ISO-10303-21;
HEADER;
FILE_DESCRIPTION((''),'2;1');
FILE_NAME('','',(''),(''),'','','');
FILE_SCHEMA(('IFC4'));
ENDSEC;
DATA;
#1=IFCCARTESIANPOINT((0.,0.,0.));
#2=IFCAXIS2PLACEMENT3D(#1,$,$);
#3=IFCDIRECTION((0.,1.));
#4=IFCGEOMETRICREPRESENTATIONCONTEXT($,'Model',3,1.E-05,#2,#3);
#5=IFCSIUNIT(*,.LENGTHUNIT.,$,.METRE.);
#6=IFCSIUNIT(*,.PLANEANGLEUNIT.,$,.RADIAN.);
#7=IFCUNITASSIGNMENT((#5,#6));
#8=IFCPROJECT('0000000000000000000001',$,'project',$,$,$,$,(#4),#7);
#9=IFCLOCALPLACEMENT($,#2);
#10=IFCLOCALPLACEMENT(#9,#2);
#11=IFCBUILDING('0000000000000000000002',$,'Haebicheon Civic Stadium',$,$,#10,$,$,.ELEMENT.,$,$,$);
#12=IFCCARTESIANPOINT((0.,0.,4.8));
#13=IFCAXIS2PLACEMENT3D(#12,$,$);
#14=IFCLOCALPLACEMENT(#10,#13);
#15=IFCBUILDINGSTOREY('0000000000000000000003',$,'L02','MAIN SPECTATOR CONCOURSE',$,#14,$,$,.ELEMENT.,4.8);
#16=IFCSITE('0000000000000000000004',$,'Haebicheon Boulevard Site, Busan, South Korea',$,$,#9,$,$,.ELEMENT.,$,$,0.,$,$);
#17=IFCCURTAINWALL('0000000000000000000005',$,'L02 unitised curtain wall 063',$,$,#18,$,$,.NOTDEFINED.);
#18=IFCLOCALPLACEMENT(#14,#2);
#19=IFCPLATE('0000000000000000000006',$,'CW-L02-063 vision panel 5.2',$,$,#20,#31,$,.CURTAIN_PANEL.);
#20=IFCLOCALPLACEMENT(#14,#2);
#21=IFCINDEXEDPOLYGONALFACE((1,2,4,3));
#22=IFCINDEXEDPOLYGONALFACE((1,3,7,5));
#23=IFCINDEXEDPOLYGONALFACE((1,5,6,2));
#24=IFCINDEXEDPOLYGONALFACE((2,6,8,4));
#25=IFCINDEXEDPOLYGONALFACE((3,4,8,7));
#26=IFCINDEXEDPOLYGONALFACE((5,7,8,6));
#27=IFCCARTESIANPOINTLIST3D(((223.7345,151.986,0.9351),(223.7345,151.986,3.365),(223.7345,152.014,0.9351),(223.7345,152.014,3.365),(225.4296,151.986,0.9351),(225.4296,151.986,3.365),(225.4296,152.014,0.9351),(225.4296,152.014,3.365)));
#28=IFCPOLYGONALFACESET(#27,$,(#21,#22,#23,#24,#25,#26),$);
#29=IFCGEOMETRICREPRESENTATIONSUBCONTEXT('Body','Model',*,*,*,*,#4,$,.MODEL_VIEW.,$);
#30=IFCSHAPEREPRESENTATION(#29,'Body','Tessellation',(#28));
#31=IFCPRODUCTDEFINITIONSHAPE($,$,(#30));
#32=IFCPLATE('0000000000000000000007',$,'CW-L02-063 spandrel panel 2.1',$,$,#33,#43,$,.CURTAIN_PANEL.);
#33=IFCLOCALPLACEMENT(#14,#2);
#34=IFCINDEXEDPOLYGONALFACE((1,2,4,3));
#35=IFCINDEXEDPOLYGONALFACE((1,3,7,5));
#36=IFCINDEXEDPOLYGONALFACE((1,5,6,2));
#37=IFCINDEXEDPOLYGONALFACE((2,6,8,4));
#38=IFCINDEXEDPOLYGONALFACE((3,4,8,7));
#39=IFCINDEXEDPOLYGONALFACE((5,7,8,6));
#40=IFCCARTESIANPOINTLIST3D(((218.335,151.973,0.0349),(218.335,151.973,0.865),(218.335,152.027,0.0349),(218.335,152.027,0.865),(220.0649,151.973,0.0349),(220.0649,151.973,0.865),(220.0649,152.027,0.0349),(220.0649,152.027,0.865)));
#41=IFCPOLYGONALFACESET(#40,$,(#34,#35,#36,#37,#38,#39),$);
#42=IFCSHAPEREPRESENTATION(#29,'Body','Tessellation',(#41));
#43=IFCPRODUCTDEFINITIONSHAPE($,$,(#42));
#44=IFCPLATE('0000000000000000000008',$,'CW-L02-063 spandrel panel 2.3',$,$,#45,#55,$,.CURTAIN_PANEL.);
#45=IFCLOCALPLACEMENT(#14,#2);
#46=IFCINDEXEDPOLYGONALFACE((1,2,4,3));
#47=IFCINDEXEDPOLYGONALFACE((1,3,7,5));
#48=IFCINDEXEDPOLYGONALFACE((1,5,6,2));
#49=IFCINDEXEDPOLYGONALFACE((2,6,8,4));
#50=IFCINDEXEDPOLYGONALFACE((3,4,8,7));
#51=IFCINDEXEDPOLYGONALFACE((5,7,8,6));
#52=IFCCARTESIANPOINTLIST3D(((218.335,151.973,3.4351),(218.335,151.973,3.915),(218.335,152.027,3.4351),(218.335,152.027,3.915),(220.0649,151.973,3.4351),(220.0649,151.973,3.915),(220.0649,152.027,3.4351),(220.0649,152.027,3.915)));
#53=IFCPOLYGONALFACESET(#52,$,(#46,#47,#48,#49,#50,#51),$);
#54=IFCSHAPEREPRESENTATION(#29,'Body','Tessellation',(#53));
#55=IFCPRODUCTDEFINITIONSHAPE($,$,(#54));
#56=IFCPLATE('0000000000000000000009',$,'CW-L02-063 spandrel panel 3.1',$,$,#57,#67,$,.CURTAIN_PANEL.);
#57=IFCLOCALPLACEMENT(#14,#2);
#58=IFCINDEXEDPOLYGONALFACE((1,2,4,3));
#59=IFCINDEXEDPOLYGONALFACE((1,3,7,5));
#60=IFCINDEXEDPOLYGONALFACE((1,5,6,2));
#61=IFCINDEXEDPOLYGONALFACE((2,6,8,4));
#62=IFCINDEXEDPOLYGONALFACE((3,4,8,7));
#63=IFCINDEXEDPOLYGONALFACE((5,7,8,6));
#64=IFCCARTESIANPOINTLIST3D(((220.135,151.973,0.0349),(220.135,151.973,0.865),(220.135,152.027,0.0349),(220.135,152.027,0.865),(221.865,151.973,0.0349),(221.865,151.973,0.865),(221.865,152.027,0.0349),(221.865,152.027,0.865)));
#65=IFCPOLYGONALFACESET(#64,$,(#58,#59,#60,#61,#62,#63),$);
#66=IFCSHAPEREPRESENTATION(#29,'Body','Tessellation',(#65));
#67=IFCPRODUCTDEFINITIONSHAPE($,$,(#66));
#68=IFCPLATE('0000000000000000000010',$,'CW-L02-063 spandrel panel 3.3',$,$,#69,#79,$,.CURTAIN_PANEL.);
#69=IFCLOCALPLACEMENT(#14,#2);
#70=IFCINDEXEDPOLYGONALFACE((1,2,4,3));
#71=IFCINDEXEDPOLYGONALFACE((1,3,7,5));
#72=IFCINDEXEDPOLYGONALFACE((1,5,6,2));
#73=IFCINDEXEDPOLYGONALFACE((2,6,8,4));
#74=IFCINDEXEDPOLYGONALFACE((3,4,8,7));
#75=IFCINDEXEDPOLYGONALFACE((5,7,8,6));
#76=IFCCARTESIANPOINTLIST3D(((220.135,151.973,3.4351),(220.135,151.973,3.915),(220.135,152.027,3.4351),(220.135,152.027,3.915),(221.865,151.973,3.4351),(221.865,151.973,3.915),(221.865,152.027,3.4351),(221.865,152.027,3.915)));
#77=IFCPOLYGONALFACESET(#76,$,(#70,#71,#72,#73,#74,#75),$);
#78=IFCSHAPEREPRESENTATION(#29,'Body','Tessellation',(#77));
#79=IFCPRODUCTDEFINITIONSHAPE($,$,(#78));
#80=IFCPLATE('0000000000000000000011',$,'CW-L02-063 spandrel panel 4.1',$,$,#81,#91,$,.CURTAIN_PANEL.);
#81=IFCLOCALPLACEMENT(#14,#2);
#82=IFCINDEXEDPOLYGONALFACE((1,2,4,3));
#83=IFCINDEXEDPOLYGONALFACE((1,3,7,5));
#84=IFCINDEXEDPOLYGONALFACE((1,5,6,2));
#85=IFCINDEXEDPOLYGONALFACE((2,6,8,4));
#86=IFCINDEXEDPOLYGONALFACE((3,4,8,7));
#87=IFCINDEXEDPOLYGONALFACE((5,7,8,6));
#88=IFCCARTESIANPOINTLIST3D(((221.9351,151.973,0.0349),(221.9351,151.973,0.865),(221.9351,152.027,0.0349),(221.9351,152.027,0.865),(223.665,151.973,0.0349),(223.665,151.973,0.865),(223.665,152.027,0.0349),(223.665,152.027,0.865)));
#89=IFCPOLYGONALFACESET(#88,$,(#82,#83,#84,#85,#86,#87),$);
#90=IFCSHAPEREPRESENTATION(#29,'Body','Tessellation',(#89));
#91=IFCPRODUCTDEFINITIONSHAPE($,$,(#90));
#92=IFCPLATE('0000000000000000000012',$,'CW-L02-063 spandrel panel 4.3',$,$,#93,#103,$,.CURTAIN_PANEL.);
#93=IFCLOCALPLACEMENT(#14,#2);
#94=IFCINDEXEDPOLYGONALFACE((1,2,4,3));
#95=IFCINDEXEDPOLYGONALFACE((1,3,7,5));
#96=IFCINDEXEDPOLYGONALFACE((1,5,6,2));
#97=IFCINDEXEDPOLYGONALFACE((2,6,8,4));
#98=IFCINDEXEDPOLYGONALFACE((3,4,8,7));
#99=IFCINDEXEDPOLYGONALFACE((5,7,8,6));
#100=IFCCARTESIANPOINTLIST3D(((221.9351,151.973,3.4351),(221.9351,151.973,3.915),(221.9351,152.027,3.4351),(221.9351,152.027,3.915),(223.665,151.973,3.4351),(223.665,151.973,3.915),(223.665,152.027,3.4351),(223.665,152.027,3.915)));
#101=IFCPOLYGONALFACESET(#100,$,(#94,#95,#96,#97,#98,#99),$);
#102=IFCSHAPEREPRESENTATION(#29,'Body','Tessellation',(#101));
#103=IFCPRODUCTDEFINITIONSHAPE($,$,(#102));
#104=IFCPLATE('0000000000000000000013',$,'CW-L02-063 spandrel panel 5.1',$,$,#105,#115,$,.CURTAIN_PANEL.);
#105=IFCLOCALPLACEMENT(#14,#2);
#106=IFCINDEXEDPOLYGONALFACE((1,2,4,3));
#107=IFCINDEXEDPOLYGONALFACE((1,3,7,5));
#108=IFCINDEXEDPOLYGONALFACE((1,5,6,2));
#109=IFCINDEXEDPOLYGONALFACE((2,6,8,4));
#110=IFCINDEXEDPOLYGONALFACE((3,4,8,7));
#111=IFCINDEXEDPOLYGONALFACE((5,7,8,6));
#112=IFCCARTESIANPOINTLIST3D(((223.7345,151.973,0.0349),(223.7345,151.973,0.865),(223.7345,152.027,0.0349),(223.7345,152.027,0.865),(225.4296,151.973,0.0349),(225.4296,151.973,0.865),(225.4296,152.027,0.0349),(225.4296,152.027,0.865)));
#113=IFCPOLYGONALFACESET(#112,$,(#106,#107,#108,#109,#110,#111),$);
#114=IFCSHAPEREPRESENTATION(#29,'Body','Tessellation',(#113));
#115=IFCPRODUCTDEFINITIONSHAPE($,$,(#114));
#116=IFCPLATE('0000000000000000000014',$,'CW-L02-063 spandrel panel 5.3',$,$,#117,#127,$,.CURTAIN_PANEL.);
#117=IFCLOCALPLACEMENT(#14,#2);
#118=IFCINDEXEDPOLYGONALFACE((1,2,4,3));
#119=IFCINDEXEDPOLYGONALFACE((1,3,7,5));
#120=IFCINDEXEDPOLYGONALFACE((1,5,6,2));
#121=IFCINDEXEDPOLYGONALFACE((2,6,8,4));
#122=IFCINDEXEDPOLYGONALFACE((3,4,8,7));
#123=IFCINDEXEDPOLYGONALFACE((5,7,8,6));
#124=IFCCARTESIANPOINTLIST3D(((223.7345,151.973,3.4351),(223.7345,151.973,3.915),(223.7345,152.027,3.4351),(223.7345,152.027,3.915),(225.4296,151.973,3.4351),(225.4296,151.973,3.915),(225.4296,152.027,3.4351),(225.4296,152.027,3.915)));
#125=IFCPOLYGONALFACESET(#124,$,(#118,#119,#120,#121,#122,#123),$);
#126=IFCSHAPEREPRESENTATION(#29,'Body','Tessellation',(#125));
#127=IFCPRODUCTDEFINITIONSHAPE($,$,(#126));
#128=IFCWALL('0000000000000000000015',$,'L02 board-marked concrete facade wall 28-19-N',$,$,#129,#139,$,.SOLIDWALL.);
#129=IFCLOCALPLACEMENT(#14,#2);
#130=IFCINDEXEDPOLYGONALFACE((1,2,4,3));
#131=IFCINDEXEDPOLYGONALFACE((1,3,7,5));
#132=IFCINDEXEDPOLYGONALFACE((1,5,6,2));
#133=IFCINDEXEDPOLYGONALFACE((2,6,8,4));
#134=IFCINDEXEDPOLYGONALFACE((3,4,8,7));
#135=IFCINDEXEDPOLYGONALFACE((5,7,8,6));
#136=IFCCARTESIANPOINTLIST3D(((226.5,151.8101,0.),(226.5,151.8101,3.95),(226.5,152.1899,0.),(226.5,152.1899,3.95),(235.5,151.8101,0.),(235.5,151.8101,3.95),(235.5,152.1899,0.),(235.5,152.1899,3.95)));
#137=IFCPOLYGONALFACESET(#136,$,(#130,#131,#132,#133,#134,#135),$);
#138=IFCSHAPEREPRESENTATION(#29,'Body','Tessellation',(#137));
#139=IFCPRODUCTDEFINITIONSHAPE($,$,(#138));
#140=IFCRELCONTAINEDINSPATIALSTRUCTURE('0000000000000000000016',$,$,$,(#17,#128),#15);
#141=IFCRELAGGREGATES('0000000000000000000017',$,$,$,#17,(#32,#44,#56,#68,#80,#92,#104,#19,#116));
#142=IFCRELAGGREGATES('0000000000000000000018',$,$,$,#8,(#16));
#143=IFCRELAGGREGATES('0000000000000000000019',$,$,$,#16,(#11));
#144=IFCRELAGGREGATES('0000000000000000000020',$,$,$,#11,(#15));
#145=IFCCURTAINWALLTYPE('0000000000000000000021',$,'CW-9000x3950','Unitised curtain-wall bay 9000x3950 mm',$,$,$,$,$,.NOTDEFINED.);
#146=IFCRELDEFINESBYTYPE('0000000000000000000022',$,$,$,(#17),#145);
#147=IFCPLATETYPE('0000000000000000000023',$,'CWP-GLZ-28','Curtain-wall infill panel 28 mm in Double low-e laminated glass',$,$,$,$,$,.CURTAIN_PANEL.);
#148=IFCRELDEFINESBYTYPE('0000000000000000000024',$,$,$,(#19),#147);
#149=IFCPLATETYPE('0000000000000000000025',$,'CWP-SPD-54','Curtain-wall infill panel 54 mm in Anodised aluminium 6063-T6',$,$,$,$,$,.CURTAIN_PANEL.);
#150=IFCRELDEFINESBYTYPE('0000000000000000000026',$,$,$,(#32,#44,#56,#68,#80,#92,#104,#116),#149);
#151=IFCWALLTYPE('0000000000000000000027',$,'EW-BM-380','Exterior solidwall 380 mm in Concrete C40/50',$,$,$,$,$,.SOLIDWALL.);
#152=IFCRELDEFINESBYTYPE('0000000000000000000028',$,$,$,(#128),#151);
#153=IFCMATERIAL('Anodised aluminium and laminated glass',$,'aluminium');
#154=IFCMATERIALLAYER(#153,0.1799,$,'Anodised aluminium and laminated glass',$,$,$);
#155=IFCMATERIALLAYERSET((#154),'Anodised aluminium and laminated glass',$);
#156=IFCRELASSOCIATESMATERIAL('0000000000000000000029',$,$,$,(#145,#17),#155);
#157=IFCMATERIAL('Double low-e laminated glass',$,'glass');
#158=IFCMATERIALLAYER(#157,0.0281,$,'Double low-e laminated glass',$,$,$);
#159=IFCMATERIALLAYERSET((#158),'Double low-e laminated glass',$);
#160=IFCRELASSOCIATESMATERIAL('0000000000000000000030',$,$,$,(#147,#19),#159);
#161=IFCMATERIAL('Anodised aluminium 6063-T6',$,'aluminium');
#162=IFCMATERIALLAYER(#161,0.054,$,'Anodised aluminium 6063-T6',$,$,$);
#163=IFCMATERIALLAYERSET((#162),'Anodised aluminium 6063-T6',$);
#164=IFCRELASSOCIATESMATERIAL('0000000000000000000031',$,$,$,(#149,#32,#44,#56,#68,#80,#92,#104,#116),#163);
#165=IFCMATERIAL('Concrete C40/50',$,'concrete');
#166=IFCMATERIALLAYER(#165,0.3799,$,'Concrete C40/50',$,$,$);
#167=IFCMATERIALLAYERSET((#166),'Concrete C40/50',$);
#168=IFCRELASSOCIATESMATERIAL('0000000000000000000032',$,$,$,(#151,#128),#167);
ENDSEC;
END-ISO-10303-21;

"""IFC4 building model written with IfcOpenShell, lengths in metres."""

from ifc_helpers import new_model, si_unit, direction, frame, frame_2d, origin, origin_2d, place, context, subcontext, project, spatial, rectangle, extrude, material, layer, layer_set, type_object, element, aggregate, save


model = new_model("IFC4")

# Units and contexts
model_context = context("Model", 3, precision=1e-05, world=origin(), true_north=direction((0.0, 1.0)))
body_context = subcontext(model_context, "Body", "Model", "MODEL_VIEW")
ifc_project = project(units=[si_unit("LENGTHUNIT", "METRE"), si_unit("PLANEANGLEUNIT", "RADIAN")], contexts=[model_context])

# Site, building, storey
site_placement = place(None, origin())
site = spatial("IfcSite", under=ifc_project, at=site_placement, Name="Haebicheon Boulevard Site, Busan, South Korea", CompositionType="ELEMENT", RefElevation=0.0)
building_placement = place(site_placement, origin())
building = spatial("IfcBuilding", under=site, at=building_placement, Name="Haebicheon Civic Stadium", CompositionType="ELEMENT")
storey_placement = place(building_placement, frame((0.0, 0.0, 4.8)))
storey = spatial("IfcBuildingStorey", under=building, at=storey_placement, Name="L02", Description="MAIN SPECTATOR CONCOURSE", CompositionType="ELEMENT", Elevation=4.8)

# Curtain wall
ifc_material_1 = material(Name="Anodised aluminium and laminated glass", Category="aluminium")
ifc_layer_1 = layer(ifc_material_1, 0.1799, Name="Anodised aluminium and laminated glass")
ifc_layer_set_1 = layer_set([ifc_layer_1], Name="Anodised aluminium and laminated glass")
curtain_wall_type = type_object("IfcCurtainWallType", Name="CW-9000x3950", Description="Unitised curtain-wall bay 9000x3950 mm", PredefinedType="NOTDEFINED", material=ifc_layer_set_1)
curtain_wall_placement = place(storey_placement, origin())
curtain_wall = element("IfcCurtainWall", 1, at=curtain_wall_placement, inside=storey, type_object=curtain_wall_type, material=ifc_layer_set_1, Name="L02 unitised curtain wall 063", PredefinedType="NOTDEFINED")

# Plates
ifc_material_2 = material(Name="Double low-e laminated glass", Category="glass")
ifc_layer_2 = layer(ifc_material_2, 0.0281, Name="Double low-e laminated glass")
ifc_layer_set_2 = layer_set([ifc_layer_2], Name="Double low-e laminated glass")
plate_type_1 = type_object("IfcPlateType", Name="CWP-GLZ-28", Description="Curtain-wall infill panel 28 mm in Double low-e laminated glass", PredefinedType="CURTAIN_PANEL", material=ifc_layer_set_2)
plate_1_placement = place(storey_placement, frame((224.582, 152.0, 0.9351), z_axis=(0.0, 0.0, 1.0), x_axis=(1.0, 0.0, 0.0)))
plate_1 = element("IfcPlate", 2, at=plate_1_placement, type_object=plate_type_1, material=ifc_layer_set_2, Name="CW-L02-063 vision panel 5.2", PredefinedType="CURTAIN_PANEL", context=body_context, shape_type="SweptSolid", body=[
    extrude(rectangle(XDim=1.6951, YDim=0.0281, at=origin_2d()), origin(), (0.0, 0.0, 1.0), 2.4299),
])
ifc_material_3 = material(Name="Anodised aluminium 6063-T6", Category="aluminium")
ifc_layer_3 = layer(ifc_material_3, 0.054, Name="Anodised aluminium 6063-T6")
ifc_layer_set_3 = layer_set([ifc_layer_3], Name="Anodised aluminium 6063-T6")
plate_type_2 = type_object("IfcPlateType", Name="CWP-SPD-54", Description="Curtain-wall infill panel 54 mm in Anodised aluminium 6063-T6", PredefinedType="CURTAIN_PANEL", material=ifc_layer_set_3)
plate_2_placement = place(storey_placement, frame((219.2, 152.0, 0.0349), z_axis=(0.0, 0.0, 1.0), x_axis=(1.0, 0.0, 0.0)))
plate_2 = element("IfcPlate", 3, at=plate_2_placement, type_object=plate_type_2, material=ifc_layer_set_3, Name="CW-L02-063 spandrel panel 2.1", PredefinedType="CURTAIN_PANEL", context=body_context, shape_type="SweptSolid", body=[
    extrude(rectangle(XDim=1.73, YDim=0.054, at=origin_2d()), origin(), (0.0, 0.0, 1.0), 0.8301),
])
plate_3_placement = place(storey_placement, frame((219.2, 152.0, 3.4351), z_axis=(0.0, 0.0, 1.0), x_axis=(1.0, 0.0, 0.0)))
plate_3 = element("IfcPlate", 4, at=plate_3_placement, type_object=plate_type_2, material=ifc_layer_set_3, Name="CW-L02-063 spandrel panel 2.3", PredefinedType="CURTAIN_PANEL", context=body_context, shape_type="SweptSolid", body=[
    extrude(rectangle(XDim=1.73, YDim=0.054, at=origin_2d()), origin(), (0.0, 0.0, 1.0), 0.48),
])
plate_4_placement = place(storey_placement, frame((221.0, 152.0, 0.0349), z_axis=(0.0, 0.0, 1.0), x_axis=(1.0, 0.0, 0.0)))
plate_4 = element("IfcPlate", 5, at=plate_4_placement, type_object=plate_type_2, material=ifc_layer_set_3, Name="CW-L02-063 spandrel panel 3.1", PredefinedType="CURTAIN_PANEL", context=body_context, shape_type="SweptSolid", body=[
    extrude(rectangle(XDim=1.73, YDim=0.054, at=origin_2d()), origin(), (0.0, 0.0, 1.0), 0.8301),
])
plate_5_placement = place(storey_placement, frame((221.0, 152.0, 3.4351), z_axis=(0.0, 0.0, 1.0), x_axis=(1.0, 0.0, 0.0)))
plate_5 = element("IfcPlate", 6, at=plate_5_placement, type_object=plate_type_2, material=ifc_layer_set_3, Name="CW-L02-063 spandrel panel 3.3", PredefinedType="CURTAIN_PANEL", context=body_context, shape_type="SweptSolid", body=[
    extrude(rectangle(XDim=1.73, YDim=0.054, at=origin_2d()), origin(), (0.0, 0.0, 1.0), 0.48),
])
plate_6_placement = place(storey_placement, frame((222.8, 152.0, 0.0349), z_axis=(0.0, 0.0, 1.0), x_axis=(1.0, 0.0, 0.0)))
plate_6 = element("IfcPlate", 7, at=plate_6_placement, type_object=plate_type_2, material=ifc_layer_set_3, Name="CW-L02-063 spandrel panel 4.1", PredefinedType="CURTAIN_PANEL", context=body_context, shape_type="SweptSolid", body=[
    extrude(rectangle(XDim=1.73, YDim=0.054, at=origin_2d()), origin(), (0.0, 0.0, 1.0), 0.8301),
])
plate_7_placement = place(storey_placement, frame((222.8, 152.0, 3.4351), z_axis=(0.0, 0.0, 1.0), x_axis=(1.0, 0.0, 0.0)))
plate_7 = element("IfcPlate", 8, at=plate_7_placement, type_object=plate_type_2, material=ifc_layer_set_3, Name="CW-L02-063 spandrel panel 4.3", PredefinedType="CURTAIN_PANEL", context=body_context, shape_type="SweptSolid", body=[
    extrude(rectangle(XDim=1.73, YDim=0.054, at=origin_2d()), origin(), (0.0, 0.0, 1.0), 0.48),
])
plate_8_placement = place(storey_placement, frame((224.582, 152.0, 0.0349), z_axis=(0.0, 0.0, 1.0), x_axis=(1.0, 0.0, 0.0)))
plate_8 = element("IfcPlate", 9, at=plate_8_placement, type_object=plate_type_2, material=ifc_layer_set_3, Name="CW-L02-063 spandrel panel 5.1", PredefinedType="CURTAIN_PANEL", context=body_context, shape_type="SweptSolid", body=[
    extrude(rectangle(XDim=1.6951, YDim=0.054, at=origin_2d()), origin(), (0.0, 0.0, 1.0), 0.8301),
])
plate_9_placement = place(storey_placement, frame((224.582, 152.0, 3.4351), z_axis=(0.0, 0.0, 1.0), x_axis=(1.0, 0.0, 0.0)))
plate_9 = element("IfcPlate", 10, at=plate_9_placement, type_object=plate_type_2, material=ifc_layer_set_3, Name="CW-L02-063 spandrel panel 5.3", PredefinedType="CURTAIN_PANEL", context=body_context, shape_type="SweptSolid", body=[
    extrude(rectangle(XDim=1.6951, YDim=0.054, at=origin_2d()), origin(), (0.0, 0.0, 1.0), 0.48),
])
aggregate(curtain_wall, [plate_2, plate_3, plate_4, plate_5, plate_6, plate_7, plate_8, plate_1, plate_9])

# Wall
ifc_material_4 = material(Name="Concrete C40/50", Category="concrete")
ifc_layer_4 = layer(ifc_material_4, 0.3799, Name="Concrete C40/50")
ifc_layer_set_4 = layer_set([ifc_layer_4], Name="Concrete C40/50")
wall_type = type_object("IfcWallType", Name="EW-BM-380", Description="Exterior solidwall 380 mm in Concrete C40/50", PredefinedType="SOLIDWALL", material=ifc_layer_set_4)
wall_placement = place(storey_placement, frame((226.5, 152.0, 0.0), z_axis=(0.0, 0.0, 1.0), x_axis=(1.0, 0.0, 0.0)))
element("IfcWall", 11, at=wall_placement, inside=storey, type_object=wall_type, material=ifc_layer_set_4, Name="L02 board-marked concrete facade wall 28-19-N", PredefinedType="SOLIDWALL", context=body_context, shape_type="SweptSolid", body=[
    extrude(rectangle(XDim=9.0, YDim=0.3799, at=frame_2d((4.5, 0.0))), origin(), (0.0, 0.0, 1.0), 3.95),
])

save(model, "model.ifc")
